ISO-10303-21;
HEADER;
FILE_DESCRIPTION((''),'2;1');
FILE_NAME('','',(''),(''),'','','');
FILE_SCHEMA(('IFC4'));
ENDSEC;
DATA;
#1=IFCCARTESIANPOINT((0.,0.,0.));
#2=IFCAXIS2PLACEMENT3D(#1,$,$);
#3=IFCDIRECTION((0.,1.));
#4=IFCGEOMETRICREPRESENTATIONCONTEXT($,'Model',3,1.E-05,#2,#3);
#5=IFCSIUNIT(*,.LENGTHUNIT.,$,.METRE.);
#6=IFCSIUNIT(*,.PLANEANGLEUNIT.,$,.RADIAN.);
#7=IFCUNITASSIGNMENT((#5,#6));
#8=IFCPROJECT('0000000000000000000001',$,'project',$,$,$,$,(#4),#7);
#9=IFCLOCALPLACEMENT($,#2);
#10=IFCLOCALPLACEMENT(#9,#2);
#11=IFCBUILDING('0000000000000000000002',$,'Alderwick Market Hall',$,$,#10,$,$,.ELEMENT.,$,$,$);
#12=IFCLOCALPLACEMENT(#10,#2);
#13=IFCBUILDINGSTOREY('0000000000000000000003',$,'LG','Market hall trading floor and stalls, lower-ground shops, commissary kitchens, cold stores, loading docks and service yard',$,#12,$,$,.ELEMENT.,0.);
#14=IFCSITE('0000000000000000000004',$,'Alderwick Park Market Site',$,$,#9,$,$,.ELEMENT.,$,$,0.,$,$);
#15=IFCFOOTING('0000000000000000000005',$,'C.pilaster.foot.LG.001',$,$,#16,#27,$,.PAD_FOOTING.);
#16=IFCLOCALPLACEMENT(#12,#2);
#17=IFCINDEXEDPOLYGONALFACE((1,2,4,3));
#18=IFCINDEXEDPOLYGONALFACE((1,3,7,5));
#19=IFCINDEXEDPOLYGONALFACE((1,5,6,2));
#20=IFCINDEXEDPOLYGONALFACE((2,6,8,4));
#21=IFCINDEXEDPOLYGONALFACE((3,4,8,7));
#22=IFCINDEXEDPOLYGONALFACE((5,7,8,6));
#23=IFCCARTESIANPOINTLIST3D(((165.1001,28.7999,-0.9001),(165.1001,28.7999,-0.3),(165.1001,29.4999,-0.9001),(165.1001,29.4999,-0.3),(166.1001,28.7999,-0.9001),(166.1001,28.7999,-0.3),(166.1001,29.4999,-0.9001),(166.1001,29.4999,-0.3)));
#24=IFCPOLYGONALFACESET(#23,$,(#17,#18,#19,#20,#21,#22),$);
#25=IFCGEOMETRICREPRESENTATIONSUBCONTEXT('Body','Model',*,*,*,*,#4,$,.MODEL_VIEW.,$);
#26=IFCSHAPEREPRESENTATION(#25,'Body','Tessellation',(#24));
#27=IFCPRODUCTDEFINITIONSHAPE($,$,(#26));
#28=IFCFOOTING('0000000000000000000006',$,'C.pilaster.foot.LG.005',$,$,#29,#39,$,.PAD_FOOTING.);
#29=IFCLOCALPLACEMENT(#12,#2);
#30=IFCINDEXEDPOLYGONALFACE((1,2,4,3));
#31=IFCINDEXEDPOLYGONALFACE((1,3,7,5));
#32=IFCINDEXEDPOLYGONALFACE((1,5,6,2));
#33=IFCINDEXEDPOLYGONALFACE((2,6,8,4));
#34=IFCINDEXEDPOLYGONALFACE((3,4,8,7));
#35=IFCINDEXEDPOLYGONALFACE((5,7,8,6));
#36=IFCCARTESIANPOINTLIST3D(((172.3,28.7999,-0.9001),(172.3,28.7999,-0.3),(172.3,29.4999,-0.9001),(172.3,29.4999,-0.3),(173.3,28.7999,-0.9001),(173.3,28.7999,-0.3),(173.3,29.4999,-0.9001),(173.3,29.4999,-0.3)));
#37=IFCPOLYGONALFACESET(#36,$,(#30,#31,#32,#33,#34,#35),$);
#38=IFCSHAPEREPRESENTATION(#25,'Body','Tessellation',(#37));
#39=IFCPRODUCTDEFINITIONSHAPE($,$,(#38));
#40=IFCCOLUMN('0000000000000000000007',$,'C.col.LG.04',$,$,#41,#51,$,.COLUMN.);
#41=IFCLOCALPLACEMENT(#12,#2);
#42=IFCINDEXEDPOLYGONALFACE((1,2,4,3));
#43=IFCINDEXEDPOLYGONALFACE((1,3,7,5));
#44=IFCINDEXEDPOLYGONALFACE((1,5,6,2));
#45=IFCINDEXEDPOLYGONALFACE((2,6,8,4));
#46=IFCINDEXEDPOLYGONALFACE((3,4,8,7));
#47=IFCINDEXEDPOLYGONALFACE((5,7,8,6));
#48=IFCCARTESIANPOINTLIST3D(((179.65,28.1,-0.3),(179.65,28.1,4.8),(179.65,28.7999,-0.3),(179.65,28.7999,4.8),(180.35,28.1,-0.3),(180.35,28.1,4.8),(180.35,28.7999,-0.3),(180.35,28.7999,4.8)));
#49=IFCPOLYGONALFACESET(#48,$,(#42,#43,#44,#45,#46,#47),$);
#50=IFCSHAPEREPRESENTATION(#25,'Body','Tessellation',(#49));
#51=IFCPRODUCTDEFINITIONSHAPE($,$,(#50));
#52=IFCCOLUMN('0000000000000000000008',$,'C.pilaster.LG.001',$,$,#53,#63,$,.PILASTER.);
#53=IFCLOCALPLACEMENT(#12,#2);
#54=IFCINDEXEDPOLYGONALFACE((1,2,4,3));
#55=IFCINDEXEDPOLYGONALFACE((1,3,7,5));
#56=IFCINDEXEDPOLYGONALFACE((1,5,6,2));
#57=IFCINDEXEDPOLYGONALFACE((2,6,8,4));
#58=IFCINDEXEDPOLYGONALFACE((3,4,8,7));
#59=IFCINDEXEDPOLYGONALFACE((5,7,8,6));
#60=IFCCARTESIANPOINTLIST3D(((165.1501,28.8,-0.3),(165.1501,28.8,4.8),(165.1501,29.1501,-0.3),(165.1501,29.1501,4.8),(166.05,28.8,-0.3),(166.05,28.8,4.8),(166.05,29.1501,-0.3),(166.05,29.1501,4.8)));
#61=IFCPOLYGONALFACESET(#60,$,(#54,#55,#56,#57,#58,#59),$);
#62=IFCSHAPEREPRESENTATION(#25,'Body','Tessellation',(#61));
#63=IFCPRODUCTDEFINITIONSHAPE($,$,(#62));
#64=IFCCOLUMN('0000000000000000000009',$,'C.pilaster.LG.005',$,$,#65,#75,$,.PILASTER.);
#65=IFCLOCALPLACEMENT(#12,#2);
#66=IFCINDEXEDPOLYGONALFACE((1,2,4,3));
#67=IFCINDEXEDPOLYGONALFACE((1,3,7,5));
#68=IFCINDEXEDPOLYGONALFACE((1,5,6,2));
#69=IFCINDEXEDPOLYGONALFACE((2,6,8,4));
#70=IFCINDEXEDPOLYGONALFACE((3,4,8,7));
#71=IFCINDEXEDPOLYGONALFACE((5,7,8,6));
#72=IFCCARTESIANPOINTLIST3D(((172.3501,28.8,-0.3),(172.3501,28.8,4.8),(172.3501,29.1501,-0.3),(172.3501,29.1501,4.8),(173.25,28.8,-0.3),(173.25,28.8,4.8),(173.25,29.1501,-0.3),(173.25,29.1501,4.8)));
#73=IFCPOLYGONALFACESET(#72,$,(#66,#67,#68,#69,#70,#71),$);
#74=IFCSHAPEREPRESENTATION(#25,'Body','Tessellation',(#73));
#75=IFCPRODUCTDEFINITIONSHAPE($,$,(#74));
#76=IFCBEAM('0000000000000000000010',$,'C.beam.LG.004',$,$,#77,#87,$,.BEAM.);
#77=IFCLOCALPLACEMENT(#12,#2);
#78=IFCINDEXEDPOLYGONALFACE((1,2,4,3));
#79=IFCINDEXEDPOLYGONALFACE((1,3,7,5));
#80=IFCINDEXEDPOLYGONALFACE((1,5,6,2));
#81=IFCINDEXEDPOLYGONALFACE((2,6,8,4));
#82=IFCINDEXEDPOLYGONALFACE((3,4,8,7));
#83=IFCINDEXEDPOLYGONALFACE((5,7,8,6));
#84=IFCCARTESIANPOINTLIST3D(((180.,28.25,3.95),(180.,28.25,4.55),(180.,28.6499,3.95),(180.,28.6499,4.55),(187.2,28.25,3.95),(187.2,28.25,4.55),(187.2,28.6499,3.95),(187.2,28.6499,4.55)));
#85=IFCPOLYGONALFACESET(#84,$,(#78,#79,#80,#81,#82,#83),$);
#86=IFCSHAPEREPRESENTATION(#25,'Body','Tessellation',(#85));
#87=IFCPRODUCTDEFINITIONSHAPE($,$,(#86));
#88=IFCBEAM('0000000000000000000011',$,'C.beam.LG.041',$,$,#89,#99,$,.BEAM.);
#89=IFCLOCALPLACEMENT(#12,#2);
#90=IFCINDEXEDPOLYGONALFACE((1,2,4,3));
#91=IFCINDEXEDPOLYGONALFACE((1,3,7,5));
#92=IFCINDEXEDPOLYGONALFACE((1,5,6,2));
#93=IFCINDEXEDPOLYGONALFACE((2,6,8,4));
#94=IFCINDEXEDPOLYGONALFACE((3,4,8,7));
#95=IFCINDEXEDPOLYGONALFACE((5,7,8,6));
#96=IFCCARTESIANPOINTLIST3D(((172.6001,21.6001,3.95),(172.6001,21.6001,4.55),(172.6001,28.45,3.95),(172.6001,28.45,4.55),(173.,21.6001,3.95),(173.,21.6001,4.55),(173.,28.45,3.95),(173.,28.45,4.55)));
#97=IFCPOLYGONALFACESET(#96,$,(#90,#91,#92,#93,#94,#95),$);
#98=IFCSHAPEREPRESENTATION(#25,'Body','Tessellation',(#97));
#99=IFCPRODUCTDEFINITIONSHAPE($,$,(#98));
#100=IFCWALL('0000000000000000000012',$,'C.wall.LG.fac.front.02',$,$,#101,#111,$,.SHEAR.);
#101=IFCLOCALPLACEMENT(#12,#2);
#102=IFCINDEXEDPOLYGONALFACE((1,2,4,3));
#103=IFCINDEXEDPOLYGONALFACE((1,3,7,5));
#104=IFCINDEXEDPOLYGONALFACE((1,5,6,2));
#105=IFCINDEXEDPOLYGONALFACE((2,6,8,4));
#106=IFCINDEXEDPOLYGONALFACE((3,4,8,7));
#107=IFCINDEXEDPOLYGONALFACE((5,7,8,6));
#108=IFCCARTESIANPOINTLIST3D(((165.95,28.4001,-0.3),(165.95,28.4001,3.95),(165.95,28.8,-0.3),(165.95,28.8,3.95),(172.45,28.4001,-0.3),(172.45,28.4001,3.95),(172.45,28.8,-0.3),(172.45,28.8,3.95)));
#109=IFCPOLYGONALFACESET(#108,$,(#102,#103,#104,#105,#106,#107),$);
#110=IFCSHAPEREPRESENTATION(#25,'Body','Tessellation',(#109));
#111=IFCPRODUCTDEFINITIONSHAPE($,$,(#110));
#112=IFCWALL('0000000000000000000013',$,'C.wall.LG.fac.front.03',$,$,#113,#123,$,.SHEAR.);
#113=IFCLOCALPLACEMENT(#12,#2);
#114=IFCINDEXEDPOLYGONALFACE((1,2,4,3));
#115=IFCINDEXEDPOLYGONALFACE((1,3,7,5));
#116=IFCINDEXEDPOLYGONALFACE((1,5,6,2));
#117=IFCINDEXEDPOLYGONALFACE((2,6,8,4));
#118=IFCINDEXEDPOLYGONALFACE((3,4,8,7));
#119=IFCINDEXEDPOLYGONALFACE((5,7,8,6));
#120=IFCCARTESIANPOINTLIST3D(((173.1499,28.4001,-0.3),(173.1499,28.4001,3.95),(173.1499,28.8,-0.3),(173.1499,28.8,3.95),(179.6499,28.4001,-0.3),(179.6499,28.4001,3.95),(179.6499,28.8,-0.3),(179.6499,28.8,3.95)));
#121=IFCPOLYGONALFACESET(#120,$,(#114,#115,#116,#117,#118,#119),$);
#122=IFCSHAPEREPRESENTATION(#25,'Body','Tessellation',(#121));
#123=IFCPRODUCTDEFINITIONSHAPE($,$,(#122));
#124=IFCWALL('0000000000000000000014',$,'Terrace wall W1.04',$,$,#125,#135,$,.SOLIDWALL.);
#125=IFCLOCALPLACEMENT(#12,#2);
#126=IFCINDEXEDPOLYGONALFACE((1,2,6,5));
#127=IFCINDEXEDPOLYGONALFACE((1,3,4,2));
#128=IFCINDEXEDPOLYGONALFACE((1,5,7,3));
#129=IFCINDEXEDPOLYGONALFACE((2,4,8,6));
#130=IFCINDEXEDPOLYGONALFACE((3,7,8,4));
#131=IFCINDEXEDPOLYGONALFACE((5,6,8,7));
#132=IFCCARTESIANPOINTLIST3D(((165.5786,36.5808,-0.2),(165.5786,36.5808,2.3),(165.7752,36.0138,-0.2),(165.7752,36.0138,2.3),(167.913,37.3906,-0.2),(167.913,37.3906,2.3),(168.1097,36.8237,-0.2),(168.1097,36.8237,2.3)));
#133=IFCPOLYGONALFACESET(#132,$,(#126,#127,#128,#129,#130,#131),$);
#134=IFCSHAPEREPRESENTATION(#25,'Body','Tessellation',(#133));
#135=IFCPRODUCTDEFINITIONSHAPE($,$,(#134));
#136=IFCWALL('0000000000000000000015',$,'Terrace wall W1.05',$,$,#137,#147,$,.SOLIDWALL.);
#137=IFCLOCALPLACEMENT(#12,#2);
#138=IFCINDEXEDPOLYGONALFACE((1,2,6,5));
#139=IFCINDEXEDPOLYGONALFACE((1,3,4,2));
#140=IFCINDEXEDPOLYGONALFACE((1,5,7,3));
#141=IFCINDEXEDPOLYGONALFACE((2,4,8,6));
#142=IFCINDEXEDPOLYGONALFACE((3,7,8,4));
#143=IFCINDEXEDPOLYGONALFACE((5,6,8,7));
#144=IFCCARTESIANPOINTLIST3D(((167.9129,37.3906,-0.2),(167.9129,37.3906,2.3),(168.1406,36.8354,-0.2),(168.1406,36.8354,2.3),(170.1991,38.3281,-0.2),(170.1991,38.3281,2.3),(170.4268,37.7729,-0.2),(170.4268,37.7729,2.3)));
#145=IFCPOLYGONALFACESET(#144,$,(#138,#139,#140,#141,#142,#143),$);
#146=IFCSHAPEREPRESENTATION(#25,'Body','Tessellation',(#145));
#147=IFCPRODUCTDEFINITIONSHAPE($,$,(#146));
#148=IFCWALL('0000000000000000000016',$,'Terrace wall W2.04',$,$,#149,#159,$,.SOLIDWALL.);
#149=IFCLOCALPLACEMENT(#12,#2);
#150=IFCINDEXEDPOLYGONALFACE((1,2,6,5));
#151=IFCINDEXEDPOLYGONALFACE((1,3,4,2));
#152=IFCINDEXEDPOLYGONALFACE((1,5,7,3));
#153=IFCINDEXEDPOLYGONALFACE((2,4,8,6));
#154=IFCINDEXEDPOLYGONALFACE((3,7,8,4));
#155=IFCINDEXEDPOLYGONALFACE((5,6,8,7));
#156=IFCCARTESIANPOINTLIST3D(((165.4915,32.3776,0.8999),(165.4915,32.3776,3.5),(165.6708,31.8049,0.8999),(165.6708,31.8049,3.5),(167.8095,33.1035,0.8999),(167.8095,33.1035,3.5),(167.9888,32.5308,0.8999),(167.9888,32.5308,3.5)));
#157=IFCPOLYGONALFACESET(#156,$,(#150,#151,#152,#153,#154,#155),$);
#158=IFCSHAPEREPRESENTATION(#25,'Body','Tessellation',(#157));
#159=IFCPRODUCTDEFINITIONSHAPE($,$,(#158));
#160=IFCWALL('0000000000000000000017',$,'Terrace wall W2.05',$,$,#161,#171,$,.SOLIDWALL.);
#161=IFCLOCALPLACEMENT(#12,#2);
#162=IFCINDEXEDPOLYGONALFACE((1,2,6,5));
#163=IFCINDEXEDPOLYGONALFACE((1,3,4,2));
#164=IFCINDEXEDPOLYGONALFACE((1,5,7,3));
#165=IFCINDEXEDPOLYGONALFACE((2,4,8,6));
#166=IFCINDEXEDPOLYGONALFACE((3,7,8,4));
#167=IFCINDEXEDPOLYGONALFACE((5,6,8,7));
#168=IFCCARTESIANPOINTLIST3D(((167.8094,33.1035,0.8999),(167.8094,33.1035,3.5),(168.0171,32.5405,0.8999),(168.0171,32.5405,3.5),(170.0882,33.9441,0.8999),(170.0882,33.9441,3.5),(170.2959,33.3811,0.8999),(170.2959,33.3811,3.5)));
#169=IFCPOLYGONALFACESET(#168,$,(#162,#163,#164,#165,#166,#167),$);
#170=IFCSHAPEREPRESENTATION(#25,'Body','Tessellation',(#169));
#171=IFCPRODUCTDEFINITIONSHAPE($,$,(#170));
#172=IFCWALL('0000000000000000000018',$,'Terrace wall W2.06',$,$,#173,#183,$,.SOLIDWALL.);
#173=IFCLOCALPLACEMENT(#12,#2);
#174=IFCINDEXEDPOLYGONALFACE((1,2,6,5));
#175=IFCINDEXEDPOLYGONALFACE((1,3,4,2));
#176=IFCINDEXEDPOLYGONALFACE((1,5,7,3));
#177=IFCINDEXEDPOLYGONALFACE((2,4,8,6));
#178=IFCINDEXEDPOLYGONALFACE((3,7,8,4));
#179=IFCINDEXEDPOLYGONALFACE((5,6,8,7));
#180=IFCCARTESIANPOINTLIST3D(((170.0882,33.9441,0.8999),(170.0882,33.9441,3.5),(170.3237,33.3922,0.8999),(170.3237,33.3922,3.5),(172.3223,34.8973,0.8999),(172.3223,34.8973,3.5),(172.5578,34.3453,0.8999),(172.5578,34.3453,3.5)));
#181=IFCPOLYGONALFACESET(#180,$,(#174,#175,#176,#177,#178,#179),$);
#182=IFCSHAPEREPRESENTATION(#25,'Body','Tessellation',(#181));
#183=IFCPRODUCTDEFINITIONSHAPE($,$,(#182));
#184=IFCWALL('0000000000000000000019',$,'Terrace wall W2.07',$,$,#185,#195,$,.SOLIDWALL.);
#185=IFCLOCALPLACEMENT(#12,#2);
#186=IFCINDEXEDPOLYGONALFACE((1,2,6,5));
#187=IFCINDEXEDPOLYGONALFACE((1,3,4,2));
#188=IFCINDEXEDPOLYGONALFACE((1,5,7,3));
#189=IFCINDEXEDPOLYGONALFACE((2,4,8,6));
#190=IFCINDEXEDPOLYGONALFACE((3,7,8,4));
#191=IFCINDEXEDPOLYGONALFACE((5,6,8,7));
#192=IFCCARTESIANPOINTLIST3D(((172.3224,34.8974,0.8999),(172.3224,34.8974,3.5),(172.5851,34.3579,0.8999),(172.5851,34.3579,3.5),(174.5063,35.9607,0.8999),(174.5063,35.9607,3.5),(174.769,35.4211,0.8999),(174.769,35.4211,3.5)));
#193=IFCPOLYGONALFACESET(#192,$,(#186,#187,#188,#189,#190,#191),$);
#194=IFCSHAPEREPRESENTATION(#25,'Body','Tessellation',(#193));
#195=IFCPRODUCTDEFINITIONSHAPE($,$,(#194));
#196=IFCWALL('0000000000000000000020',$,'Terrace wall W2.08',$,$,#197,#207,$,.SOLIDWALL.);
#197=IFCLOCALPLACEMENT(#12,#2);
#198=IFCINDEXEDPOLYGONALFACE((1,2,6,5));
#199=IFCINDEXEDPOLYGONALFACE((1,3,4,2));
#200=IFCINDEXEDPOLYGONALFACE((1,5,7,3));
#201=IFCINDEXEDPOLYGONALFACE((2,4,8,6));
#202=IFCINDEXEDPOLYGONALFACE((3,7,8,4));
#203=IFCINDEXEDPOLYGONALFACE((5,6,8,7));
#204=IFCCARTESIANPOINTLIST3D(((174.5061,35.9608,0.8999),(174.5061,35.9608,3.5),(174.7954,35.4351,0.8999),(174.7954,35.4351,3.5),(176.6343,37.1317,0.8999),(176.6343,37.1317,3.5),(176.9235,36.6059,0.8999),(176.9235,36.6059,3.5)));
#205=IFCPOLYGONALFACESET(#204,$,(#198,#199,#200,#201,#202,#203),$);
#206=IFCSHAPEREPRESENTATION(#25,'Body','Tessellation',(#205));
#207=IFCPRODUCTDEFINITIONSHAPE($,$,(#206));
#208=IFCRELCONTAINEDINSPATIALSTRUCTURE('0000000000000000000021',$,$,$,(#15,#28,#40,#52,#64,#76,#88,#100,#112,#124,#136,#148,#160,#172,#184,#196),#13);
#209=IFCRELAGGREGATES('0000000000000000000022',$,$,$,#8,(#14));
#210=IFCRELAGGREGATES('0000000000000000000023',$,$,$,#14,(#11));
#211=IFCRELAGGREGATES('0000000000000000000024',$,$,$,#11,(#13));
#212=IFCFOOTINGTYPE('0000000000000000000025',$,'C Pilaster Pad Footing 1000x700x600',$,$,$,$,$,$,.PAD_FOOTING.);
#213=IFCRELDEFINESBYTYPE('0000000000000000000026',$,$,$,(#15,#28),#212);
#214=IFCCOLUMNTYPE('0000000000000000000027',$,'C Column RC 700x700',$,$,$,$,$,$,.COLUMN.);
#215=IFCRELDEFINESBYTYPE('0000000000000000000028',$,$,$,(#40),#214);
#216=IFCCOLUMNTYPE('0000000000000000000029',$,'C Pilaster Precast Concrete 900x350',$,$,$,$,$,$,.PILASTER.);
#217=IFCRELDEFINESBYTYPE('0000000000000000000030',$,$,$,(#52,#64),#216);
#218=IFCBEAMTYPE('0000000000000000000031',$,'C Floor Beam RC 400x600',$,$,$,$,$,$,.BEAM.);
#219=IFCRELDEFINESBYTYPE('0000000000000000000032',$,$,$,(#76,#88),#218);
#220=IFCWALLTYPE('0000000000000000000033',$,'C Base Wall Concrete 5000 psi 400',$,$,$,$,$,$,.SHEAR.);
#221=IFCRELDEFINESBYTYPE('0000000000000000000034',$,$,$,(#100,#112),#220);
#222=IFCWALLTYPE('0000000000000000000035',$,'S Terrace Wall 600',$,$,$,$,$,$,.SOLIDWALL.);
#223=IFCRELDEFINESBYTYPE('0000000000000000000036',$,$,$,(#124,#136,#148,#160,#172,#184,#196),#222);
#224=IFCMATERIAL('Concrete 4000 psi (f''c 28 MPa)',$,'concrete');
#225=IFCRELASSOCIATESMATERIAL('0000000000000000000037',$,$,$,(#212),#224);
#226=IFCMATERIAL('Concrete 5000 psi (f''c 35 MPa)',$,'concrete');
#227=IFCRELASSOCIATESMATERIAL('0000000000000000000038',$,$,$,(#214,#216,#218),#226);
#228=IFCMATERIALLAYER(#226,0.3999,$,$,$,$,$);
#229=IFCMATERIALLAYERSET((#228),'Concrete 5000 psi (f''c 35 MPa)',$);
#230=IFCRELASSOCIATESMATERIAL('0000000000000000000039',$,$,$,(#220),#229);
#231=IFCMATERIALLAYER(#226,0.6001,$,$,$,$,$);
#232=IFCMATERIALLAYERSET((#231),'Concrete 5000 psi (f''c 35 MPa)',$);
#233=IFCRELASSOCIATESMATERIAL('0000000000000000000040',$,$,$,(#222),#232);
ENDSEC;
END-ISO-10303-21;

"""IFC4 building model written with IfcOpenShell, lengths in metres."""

from ifc_helpers import new_model, si_unit, direction, frame, frame_2d, origin, origin_2d, place, context, subcontext, project, spatial, rectangle, extrude, material, layer, layer_set, material_profile, profile_set, type_object, element, save


model = new_model("IFC4")

# Units and contexts
model_context = context("Model", 3, precision=1e-05, world=origin(), true_north=direction((0.0, 1.0)))
body_context = subcontext(model_context, "Body", "Model", "MODEL_VIEW")
ifc_project = project(units=[si_unit("LENGTHUNIT", "METRE"), si_unit("PLANEANGLEUNIT", "RADIAN")], contexts=[model_context])

# Site, building, storey
site_placement = place(None, origin())
site = spatial("IfcSite", under=ifc_project, at=site_placement, Name="Alderwick Park Market Site", CompositionType="ELEMENT", RefElevation=0.0)
building_placement = place(site_placement, origin())
building = spatial("IfcBuilding", under=site, at=building_placement, Name="Alderwick Market Hall", CompositionType="ELEMENT")
storey_placement = place(building_placement, origin())
storey = spatial("IfcBuildingStorey", under=building, at=storey_placement, Name="LG", Description="Market hall trading floor and stalls, lower-ground shops, commissary kitchens, cold stores, loading docks and service yard", CompositionType="ELEMENT", Elevation=0.0)

# Footings
ifc_material_1 = material(Name="Concrete 4000 psi (f'c 28 MPa)", Category="concrete")
footing_type = type_object("IfcFootingType", Name="C Pilaster Pad Footing 1000x700x600", PredefinedType="PAD_FOOTING", material=ifc_material_1)
for number, where, z_axis, x_axis, name in (
    (1, (165.6001, 29.1499, -0.9001), (0.0, 0.0, 1.0), (1.0, 0.0, 0.0), "C.pilaster.foot.LG.001"),
    (2, (172.8, 29.1499, -0.9001), (0.0, 0.0, 1.0), (1.0, 0.0, 0.0), "C.pilaster.foot.LG.005"),
):
    element("IfcFooting", number, at=place(storey_placement, frame(where, z_axis=z_axis, x_axis=x_axis)), inside=storey, type_object=footing_type, Name=name, PredefinedType="PAD_FOOTING", context=body_context, shape_type="SweptSolid", body=[
        extrude(rectangle(XDim=1.0, YDim=0.7, at=origin_2d()), origin(), (0.0, 0.0, 1.0), 0.6001),
    ])

# Columns
ifc_material_2 = material(Name="Concrete 5000 psi (f'c 35 MPa)", Category="concrete")
ifc_material_profile_1 = material_profile(ifc_material_2, rectangle(XDim=0.7, YDim=0.7, at=origin_2d()), Name="RC 700x700")
ifc_profile_set_1 = profile_set([ifc_material_profile_1], Name="Concrete 5000 psi (f'c 35 MPa)")
column_type_1 = type_object("IfcColumnType", Name="C Column RC 700x700", PredefinedType="COLUMN", material=ifc_profile_set_1)
column_placement = place(storey_placement, frame((180.0, 28.45, -0.3), z_axis=(0.0, 0.0, 1.0), x_axis=(1.0, 0.0, 0.0)))
element("IfcColumn", 3, at=column_placement, inside=storey, type_object=column_type_1, Name="C.col.LG.04", PredefinedType="COLUMN", context=body_context, shape_type="SweptSolid", body=[
    extrude(rectangle(XDim=0.7, YDim=0.7, at=origin_2d()), origin(), (0.0, 0.0, 1.0), 5.1001),
])
ifc_material_profile_2 = material_profile(ifc_material_2, rectangle(XDim=0.8999, YDim=0.3501, at=origin_2d()), Name="PC 900x350")
ifc_profile_set_2 = profile_set([ifc_material_profile_2], Name="Concrete 5000 psi (f'c 35 MPa)")
column_type_2 = type_object("IfcColumnType", Name="C Pilaster Precast Concrete 900x350", PredefinedType="PILASTER", material=ifc_profile_set_2)
for number, where, z_axis, x_axis, name in (
    (4, (165.6001, 28.9751, -0.3), (0.0, 0.0, 1.0), (1.0, 0.0, 0.0), "C.pilaster.LG.001"),
    (5, (172.8, 28.9751, -0.3), (0.0, 0.0, 1.0), (1.0, 0.0, 0.0), "C.pilaster.LG.005"),
):
    element("IfcColumn", number, at=place(storey_placement, frame(where, z_axis=z_axis, x_axis=x_axis)), inside=storey, type_object=column_type_2, Name=name, PredefinedType="PILASTER", context=body_context, shape_type="SweptSolid", body=[
        extrude(rectangle(XDim=0.8999, YDim=0.3501, at=origin_2d()), origin(), (0.0, 0.0, 1.0), 5.1001),
    ])

# Beams
ifc_material_profile_3 = material_profile(ifc_material_2, rectangle(XDim=0.3999, YDim=0.6001, at=origin_2d()), Name="RC 400x600")
ifc_profile_set_3 = profile_set([ifc_material_profile_3], Name="Concrete 5000 psi (f'c 35 MPa)")
beam_type = type_object("IfcBeamType", Name="C Floor Beam RC 400x600", PredefinedType="BEAM", material=ifc_profile_set_3)
beam_1_placement = place(storey_placement, frame((180.0, 28.45, 4.25), z_axis=(1.0, 0.0, 0.0), x_axis=(0.0, 1.0, 0.0)))
element("IfcBeam", 6, at=beam_1_placement, inside=storey, type_object=beam_type, Name="C.beam.LG.004", PredefinedType="BEAM", context=body_context, shape_type="SweptSolid", body=[
    extrude(rectangle(XDim=0.3999, YDim=0.6001, at=origin_2d()), origin(), (0.0, 0.0, 1.0), 7.2),
])
beam_2_placement = place(storey_placement, frame((172.8, 28.45, 4.25), z_axis=(0.0, -1.0, 0.0), x_axis=(1.0, 0.0, 0.0)))
element("IfcBeam", 7, at=beam_2_placement, inside=storey, type_object=beam_type, Name="C.beam.LG.041", PredefinedType="BEAM", context=body_context, shape_type="SweptSolid", body=[
    extrude(rectangle(XDim=0.3999, YDim=0.6001, at=origin_2d()), origin(), (0.0, 0.0, 1.0), 6.8499),
])

# Walls
ifc_layer_1 = layer(ifc_material_2, 0.3999)
ifc_layer_set_1 = layer_set([ifc_layer_1], Name="Concrete 5000 psi (f'c 35 MPa)")
wall_type_1 = type_object("IfcWallType", Name="C Base Wall Concrete 5000 psi 400", PredefinedType="SHEAR", material=ifc_layer_set_1)
for number, where, z_axis, x_axis, name in (
    (8, (165.95, 28.6001, -0.3), (0.0, 0.0, 1.0), (1.0, 0.0, 0.0), "C.wall.LG.fac.front.02"),
    (9, (173.1499, 28.6001, -0.3), (0.0, 0.0, 1.0), (1.0, 0.0, 0.0), "C.wall.LG.fac.front.03"),
):
    element("IfcWall", number, at=place(storey_placement, frame(where, z_axis=z_axis, x_axis=x_axis)), inside=storey, type_object=wall_type_1, Name=name, PredefinedType="SHEAR", context=body_context, shape_type="SweptSolid", body=[
        extrude(rectangle(XDim=6.5, YDim=0.3999, at=frame_2d((3.25, 0.0))), origin(), (0.0, 0.0, 1.0), 4.25),
    ])
ifc_layer_2 = layer(ifc_material_2, 0.6001)
ifc_layer_set_2 = layer_set([ifc_layer_2], Name="Concrete 5000 psi (f'c 35 MPa)")
wall_type_2 = type_object("IfcWallType", Name="S Terrace Wall 600", PredefinedType="SOLIDWALL", material=ifc_layer_set_2)
for number, where, z_axis, x_axis, name in (
    (10, (165.677, 36.2974, -0.2), (0.0, 0.0, 1.0), (0.94477, 0.327735, 0.0), "Terrace wall W1.04"),
    (11, (168.0269, 37.113, -0.2), (0.0, 0.0, 1.0), (0.925226, 0.379418, 0.0), "Terrace wall W1.05"),
):
    element("IfcWall", number, at=place(storey_placement, frame(where, z_axis=z_axis, x_axis=x_axis)), inside=storey, type_object=wall_type_2, Name=name, PredefinedType="SOLIDWALL", context=body_context, shape_type="SweptSolid", body=[
        extrude(rectangle(XDim=2.4709, YDim=0.6001, at=frame_2d((1.2354, 0.0))), origin(), (0.0, 0.0, 1.0), 2.5),
    ])
for number, where, z_axis, x_axis, name in (
    (12, (165.5813, 32.0913, 0.8999), (0.0, 0.0, 1.0), (0.954305, 0.298836, 0.0), "Terrace wall W2.04"),
    (13, (167.9133, 32.822, 0.8999), (0.0, 0.0, 1.0), (0.938207, 0.346073, 0.0), "Terrace wall W2.05"),
    (14, (170.2061, 33.6682, 0.8999), (0.0, 0.0, 1.0), (0.919794, 0.392402, 0.0), "Terrace wall W2.06"),
    (15, (172.4539, 34.6277, 0.8999), (0.0, 0.0, 1.0), (0.899101, 0.43774, 0.0), "Terrace wall W2.07"),
    (16, (174.6509, 35.698, 0.8999), (0.0, 0.0, 1.0), (0.876146, 0.482046, 0.0), "Terrace wall W2.08"),
):
    element("IfcWall", number, at=place(storey_placement, frame(where, z_axis=z_axis, x_axis=x_axis)), inside=storey, type_object=wall_type_2, Name=name, PredefinedType="SOLIDWALL", context=body_context, shape_type="SweptSolid", body=[
        extrude(rectangle(XDim=2.429, YDim=0.6001, at=frame_2d((1.2144, 0.0))), origin(), (0.0, 0.0, 1.0), 2.6001),
    ])

save(model, "model.ifc")
